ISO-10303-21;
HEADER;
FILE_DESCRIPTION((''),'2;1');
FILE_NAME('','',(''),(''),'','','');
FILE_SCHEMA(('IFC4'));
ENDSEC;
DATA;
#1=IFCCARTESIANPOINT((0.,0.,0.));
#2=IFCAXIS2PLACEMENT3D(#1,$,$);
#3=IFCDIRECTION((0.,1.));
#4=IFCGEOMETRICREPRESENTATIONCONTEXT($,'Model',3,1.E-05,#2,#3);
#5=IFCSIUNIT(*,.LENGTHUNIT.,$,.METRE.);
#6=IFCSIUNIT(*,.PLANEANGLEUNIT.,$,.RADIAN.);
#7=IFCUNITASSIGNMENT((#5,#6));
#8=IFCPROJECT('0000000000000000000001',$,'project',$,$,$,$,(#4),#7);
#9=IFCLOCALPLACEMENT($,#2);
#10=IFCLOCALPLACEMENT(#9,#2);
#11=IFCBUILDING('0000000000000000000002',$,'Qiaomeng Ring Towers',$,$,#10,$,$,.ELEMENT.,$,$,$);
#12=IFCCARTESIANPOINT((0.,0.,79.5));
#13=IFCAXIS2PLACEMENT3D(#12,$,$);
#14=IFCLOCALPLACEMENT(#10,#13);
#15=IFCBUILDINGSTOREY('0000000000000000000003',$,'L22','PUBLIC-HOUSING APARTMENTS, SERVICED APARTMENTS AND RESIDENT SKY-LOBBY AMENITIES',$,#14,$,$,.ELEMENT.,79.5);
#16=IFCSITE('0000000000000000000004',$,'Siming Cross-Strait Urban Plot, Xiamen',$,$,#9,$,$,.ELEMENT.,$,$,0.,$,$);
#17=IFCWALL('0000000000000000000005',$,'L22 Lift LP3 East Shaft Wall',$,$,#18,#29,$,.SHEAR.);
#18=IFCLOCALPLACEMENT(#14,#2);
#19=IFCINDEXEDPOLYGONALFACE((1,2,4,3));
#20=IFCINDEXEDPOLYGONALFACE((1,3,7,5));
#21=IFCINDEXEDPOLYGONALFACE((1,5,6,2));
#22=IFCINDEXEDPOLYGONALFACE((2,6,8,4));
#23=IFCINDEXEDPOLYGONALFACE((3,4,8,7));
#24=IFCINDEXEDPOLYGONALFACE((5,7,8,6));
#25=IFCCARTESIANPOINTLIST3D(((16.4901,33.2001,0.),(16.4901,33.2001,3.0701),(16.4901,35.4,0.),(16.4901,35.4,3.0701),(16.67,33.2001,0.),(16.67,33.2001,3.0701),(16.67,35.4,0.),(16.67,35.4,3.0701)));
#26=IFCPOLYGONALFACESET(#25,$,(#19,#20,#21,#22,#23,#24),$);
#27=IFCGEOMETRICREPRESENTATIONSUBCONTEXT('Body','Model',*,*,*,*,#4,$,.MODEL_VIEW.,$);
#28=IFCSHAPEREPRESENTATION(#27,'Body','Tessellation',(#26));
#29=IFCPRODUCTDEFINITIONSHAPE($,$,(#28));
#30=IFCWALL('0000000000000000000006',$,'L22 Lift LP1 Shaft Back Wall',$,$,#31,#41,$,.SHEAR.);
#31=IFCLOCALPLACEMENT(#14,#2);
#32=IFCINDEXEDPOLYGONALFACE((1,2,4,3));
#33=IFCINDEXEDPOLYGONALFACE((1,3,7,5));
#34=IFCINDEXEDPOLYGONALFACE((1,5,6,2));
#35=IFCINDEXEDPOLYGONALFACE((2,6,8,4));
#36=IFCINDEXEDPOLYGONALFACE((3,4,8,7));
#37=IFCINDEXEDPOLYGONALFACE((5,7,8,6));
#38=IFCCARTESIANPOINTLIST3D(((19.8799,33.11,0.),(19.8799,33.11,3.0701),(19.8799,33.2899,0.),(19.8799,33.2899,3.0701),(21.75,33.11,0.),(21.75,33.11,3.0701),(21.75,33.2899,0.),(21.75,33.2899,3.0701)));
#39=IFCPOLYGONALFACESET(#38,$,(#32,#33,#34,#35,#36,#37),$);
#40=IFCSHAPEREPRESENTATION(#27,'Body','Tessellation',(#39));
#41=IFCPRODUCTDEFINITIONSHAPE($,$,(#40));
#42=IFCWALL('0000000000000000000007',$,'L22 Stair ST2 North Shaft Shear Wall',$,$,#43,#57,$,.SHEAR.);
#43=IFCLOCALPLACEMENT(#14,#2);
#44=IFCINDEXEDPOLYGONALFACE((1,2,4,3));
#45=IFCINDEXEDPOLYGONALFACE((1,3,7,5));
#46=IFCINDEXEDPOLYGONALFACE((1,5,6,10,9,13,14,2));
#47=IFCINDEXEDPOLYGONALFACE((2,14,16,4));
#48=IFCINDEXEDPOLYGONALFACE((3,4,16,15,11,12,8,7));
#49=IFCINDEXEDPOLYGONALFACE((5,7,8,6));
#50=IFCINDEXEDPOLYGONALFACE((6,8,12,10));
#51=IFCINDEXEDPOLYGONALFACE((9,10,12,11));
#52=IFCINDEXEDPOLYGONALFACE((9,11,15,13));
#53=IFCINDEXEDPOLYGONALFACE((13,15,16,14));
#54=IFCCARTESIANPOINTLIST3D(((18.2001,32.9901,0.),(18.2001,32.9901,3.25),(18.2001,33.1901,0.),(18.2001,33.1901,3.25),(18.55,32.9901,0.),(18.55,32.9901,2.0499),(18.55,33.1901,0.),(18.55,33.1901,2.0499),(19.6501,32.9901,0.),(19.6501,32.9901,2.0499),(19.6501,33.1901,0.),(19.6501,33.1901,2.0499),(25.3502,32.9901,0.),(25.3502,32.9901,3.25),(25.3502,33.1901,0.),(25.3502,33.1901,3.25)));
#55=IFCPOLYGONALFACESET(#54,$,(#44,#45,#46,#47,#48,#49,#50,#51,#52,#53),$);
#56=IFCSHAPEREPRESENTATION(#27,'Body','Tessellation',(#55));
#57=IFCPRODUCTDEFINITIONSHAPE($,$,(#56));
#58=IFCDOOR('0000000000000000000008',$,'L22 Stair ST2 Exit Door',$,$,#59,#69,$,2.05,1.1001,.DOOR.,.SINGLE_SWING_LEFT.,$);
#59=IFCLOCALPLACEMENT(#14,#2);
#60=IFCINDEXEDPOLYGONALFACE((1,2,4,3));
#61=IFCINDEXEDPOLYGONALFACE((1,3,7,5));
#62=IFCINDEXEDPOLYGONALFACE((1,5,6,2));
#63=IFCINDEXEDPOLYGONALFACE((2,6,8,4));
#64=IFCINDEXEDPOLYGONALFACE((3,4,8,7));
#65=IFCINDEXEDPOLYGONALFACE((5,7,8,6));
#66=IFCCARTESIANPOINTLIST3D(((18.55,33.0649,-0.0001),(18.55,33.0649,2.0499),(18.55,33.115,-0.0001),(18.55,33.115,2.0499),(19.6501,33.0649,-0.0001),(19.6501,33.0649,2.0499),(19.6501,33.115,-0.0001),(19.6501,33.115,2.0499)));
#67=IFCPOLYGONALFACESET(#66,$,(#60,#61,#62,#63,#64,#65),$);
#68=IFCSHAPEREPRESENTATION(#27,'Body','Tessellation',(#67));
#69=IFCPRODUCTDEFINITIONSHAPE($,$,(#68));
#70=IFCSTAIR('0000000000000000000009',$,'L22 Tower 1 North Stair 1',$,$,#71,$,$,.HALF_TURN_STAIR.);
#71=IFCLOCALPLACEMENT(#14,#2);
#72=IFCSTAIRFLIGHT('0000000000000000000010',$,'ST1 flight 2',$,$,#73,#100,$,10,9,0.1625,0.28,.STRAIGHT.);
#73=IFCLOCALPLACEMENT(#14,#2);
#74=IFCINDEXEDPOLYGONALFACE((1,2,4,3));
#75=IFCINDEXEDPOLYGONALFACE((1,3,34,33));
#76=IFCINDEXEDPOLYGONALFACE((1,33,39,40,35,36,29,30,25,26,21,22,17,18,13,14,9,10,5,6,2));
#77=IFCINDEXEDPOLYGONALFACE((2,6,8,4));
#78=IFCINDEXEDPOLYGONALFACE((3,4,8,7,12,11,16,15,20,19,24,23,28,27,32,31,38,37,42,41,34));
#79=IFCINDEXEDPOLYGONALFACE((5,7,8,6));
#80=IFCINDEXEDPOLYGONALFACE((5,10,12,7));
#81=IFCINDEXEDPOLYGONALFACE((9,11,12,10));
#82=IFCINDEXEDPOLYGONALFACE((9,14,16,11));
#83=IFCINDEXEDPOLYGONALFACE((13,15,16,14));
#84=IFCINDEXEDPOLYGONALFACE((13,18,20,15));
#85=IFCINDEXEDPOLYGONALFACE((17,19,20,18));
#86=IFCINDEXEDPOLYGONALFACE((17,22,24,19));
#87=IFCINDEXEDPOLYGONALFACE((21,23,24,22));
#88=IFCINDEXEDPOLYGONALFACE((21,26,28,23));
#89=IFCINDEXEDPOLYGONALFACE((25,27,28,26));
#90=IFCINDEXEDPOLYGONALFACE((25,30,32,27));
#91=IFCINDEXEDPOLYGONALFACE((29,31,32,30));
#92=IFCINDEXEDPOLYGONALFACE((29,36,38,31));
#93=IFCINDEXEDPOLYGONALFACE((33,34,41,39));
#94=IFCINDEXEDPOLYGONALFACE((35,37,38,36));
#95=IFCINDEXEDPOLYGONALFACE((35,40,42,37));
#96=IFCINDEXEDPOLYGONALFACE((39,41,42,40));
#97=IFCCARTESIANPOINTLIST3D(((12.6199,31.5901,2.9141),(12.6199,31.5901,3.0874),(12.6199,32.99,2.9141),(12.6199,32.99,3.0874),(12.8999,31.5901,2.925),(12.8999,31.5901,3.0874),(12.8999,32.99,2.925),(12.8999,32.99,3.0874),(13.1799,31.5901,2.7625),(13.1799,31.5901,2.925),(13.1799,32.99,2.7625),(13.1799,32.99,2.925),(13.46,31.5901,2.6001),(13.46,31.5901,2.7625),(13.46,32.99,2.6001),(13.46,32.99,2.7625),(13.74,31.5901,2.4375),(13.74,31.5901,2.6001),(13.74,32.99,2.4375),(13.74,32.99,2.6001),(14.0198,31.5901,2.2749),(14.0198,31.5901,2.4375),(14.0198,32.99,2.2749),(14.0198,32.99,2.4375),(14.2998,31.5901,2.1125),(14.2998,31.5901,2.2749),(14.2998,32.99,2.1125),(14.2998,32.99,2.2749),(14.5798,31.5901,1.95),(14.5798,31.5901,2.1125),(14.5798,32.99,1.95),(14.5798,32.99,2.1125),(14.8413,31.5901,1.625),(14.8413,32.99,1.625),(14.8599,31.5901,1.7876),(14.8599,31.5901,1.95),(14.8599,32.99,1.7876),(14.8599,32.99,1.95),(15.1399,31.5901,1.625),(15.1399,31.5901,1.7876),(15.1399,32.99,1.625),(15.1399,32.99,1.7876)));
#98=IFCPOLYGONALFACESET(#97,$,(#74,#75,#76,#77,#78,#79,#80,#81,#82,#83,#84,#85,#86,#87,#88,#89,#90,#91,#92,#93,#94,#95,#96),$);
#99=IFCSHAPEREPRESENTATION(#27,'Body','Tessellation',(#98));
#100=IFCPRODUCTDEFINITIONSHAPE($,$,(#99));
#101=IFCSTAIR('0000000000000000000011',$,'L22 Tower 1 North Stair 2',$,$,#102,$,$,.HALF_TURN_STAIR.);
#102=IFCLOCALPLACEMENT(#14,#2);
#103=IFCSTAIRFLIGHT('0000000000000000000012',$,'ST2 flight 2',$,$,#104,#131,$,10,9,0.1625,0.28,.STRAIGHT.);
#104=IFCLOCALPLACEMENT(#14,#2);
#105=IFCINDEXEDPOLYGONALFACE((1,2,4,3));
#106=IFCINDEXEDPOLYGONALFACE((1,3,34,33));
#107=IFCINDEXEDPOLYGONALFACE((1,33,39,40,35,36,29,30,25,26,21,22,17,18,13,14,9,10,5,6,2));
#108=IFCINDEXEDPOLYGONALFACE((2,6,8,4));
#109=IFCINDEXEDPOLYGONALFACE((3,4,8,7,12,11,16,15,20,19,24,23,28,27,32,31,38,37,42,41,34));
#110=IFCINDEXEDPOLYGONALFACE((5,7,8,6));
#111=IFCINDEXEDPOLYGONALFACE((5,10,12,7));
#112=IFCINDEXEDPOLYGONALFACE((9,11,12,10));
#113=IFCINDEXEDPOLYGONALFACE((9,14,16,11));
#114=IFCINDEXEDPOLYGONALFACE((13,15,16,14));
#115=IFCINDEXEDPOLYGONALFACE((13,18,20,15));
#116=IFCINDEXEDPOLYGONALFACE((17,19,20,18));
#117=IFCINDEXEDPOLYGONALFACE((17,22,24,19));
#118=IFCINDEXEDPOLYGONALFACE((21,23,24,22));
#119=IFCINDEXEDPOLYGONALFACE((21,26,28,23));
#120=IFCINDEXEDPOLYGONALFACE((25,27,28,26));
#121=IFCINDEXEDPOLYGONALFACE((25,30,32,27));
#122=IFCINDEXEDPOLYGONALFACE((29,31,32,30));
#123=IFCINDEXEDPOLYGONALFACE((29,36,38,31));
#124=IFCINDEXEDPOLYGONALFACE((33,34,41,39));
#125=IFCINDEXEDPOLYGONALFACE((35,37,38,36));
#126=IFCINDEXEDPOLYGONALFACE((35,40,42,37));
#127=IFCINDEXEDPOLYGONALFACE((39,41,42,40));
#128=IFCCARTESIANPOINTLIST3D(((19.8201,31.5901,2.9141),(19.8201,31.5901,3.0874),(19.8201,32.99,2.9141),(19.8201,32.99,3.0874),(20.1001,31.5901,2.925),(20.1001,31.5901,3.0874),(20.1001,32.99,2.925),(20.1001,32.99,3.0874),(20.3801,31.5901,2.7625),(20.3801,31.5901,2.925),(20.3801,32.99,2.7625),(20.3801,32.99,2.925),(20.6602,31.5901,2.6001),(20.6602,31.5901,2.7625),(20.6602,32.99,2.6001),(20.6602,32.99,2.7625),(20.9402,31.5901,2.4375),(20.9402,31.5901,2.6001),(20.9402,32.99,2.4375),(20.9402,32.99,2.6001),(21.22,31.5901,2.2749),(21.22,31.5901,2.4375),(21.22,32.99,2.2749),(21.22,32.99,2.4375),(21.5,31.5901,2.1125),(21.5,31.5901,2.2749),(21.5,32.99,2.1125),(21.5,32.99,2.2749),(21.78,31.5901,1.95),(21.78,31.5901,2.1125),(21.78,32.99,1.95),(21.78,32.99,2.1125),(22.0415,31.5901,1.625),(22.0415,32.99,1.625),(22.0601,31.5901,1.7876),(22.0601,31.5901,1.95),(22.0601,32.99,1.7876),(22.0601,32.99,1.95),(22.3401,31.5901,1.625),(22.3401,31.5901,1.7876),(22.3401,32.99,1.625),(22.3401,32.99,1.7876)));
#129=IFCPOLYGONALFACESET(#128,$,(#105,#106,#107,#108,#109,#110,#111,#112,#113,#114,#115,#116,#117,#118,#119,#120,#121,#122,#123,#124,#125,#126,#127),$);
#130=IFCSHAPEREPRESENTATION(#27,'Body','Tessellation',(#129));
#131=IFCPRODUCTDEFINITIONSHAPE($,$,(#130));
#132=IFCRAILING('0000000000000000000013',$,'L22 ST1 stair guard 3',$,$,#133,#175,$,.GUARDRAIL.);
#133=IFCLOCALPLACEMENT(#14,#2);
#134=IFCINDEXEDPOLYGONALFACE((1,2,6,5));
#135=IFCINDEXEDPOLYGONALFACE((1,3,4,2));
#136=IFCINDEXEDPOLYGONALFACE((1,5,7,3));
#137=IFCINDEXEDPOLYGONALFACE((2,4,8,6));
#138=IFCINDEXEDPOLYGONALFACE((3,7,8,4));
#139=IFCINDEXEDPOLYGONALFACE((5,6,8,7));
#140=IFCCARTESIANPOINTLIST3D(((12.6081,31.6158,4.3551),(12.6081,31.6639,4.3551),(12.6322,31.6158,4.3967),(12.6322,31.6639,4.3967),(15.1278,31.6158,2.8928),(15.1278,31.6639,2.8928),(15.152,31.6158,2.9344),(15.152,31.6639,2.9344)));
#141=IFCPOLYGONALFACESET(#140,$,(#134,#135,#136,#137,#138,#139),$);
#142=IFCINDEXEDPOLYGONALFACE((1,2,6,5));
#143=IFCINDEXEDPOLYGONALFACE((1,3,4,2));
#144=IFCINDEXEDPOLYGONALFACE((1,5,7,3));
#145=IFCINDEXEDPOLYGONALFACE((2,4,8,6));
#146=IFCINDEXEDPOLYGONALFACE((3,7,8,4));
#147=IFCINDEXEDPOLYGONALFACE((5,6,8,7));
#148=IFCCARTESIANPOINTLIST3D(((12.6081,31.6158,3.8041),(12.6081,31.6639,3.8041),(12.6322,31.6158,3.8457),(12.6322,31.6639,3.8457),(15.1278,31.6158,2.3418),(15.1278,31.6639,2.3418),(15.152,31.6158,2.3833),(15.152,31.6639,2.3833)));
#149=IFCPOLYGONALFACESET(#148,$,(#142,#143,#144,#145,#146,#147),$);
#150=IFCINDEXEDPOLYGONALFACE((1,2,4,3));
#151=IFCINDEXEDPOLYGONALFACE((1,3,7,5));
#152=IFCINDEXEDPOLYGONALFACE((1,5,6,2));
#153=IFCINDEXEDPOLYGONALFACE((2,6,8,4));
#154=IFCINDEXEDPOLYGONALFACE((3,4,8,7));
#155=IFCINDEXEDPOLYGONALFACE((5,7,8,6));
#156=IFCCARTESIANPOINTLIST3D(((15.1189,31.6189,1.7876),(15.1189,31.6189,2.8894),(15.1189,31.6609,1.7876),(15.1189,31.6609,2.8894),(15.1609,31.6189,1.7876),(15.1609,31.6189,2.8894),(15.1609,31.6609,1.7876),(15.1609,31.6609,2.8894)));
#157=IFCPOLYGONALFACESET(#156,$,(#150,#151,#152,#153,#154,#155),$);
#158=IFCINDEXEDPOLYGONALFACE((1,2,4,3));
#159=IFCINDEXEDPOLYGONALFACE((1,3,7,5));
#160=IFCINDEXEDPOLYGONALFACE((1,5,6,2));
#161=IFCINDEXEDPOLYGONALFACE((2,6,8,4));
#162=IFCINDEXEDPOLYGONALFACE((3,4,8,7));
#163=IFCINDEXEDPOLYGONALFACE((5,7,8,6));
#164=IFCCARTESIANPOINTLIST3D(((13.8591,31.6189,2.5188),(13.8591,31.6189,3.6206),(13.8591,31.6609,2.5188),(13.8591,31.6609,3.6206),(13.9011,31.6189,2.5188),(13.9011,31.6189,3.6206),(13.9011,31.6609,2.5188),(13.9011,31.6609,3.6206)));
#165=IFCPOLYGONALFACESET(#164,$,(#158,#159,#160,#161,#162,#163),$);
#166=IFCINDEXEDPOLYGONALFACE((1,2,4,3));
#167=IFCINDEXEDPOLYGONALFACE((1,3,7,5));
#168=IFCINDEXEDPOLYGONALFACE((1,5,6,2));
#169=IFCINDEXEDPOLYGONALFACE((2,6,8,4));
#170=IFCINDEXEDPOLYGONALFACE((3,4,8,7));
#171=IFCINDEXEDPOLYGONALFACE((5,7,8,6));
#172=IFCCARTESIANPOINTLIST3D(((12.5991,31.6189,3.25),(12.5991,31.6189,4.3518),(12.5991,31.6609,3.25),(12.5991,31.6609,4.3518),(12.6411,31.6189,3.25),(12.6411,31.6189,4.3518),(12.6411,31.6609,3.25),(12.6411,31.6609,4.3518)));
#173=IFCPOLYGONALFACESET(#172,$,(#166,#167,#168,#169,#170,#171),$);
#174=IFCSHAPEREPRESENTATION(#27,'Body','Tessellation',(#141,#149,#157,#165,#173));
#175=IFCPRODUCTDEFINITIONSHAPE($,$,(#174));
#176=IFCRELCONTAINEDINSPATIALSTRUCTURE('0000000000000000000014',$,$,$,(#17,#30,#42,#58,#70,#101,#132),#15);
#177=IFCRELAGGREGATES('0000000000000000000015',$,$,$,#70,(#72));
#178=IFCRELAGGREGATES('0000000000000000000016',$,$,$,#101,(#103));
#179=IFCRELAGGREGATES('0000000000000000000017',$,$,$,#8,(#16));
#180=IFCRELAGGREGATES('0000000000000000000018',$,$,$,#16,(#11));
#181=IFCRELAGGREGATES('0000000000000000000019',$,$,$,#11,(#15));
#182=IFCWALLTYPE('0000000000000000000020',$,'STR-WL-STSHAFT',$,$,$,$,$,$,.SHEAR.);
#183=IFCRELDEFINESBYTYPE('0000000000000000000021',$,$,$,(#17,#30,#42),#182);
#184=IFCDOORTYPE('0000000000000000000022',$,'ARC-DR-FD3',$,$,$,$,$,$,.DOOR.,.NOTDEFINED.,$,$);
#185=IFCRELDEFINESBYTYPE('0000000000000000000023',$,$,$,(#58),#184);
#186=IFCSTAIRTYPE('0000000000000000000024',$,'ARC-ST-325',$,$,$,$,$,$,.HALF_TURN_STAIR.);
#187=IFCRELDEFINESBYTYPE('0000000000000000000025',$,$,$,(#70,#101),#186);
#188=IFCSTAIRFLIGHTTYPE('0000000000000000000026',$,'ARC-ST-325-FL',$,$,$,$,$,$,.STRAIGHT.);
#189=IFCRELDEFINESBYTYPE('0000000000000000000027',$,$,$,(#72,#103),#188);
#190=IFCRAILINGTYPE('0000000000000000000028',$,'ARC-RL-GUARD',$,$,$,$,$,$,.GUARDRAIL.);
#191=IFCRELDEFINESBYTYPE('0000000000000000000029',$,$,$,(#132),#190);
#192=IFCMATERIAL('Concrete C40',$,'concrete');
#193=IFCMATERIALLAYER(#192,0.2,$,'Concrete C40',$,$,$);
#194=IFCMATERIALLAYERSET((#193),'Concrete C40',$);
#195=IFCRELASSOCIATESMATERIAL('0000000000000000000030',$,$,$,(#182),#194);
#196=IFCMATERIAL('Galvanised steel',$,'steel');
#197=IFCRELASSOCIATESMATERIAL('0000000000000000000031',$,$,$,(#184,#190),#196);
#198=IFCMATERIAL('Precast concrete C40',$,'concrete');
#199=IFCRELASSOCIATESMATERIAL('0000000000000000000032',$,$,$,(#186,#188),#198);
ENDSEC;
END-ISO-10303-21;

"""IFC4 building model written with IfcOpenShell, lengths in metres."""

from ifc_helpers import new_model, si_unit, direction, frame, frame_2d, origin, origin_2d, place, context, subcontext, project, spatial, polyline, rectangle, outline, extrude, source, transform, mapped, material, layer, layer_set, type_object, element, fill, aggregate, save


model = new_model("IFC4")

# Units and contexts
model_context = context("Model", 3, precision=1e-05, world=origin(), true_north=direction((0.0, 1.0)))
body_context = subcontext(model_context, "Body", "Model", "MODEL_VIEW")
ifc_project = project(units=[si_unit("LENGTHUNIT", "METRE"), si_unit("PLANEANGLEUNIT", "RADIAN")], contexts=[model_context])

# Site, building, storey
site_placement = place(None, origin())
site = spatial("IfcSite", under=ifc_project, at=site_placement, Name="Siming Cross-Strait Urban Plot, Xiamen", CompositionType="ELEMENT", RefElevation=0.0)
building_placement = place(site_placement, origin())
building = spatial("IfcBuilding", under=site, at=building_placement, Name="Qiaomeng Ring Towers", CompositionType="ELEMENT")
storey_placement = place(building_placement, frame((0.0, 0.0, 79.5)))
storey = spatial("IfcBuildingStorey", under=building, at=storey_placement, Name="L22", Description="PUBLIC-HOUSING APARTMENTS, SERVICED APARTMENTS AND RESIDENT SKY-LOBBY AMENITIES", CompositionType="ELEMENT", Elevation=79.5)

# Walls
ifc_material_1 = material(Name="Concrete C40", Category="concrete")
ifc_layer_1 = layer(ifc_material_1, 0.2, Name="Concrete C40")
ifc_layer_set_1 = layer_set([ifc_layer_1], Name="Concrete C40")
wall_type_1 = type_object("IfcWallType", Name="STR-WL-STSHAFT", PredefinedType="SHEAR", material=ifc_layer_set_1)
wall_1_placement = place(storey_placement, frame((16.5801, 33.2, 0.0), z_axis=(0.0, 0.0, 1.0), x_axis=(0.0, 1.0, 0.0)))
element("IfcWall", 1, at=wall_1_placement, inside=storey, type_object=wall_type_1, Name="L22 Lift LP3 East Shaft Wall", PredefinedType="SHEAR", context=body_context, shape_type="SweptSolid", body=[
    extrude(rectangle(XDim=2.2, YDim=0.1799, at=frame_2d((1.1001, 0.0))), origin(), (0.0, 0.0, 1.0), 3.0701),
])
wall_2_placement = place(storey_placement, frame((19.8799, 33.2, 0.0), z_axis=(0.0, 0.0, 1.0), x_axis=(1.0, 0.0, 0.0)))
element("IfcWall", 2, at=wall_2_placement, inside=storey, type_object=wall_type_1, Name="L22 Lift LP1 Shaft Back Wall", PredefinedType="SHEAR", context=body_context, shape_type="SweptSolid", body=[
    extrude(rectangle(XDim=1.8701, YDim=0.1799, at=frame_2d((0.9351, 0.0))), origin(), (0.0, 0.0, 1.0), 3.0701),
])

# Wall, opening, door
wall_3_placement = place(storey_placement, frame((18.2, 33.0901, 0.0), z_axis=(0.0, 0.0, 1.0), x_axis=(1.0, 0.0, 0.0)))
wall_3 = element("IfcWall", 3, at=wall_3_placement, inside=storey, type_object=wall_type_1, Name="L22 Stair ST2 North Shaft Shear Wall", PredefinedType="SHEAR", context=body_context, shape_type="SweptSolid", body=[
    extrude(rectangle(XDim=7.1501, YDim=0.2, at=frame_2d((3.5752, 0.0))), origin(), (0.0, 0.0, 1.0), 3.25),
])
opening_placement = place(wall_3_placement, frame((0.3501, 0.0, 0.0)))
opening = element("IfcOpeningElement", 4, at=opening_placement, cuts=wall_3, PredefinedType="OPENING", context=body_context, shape_type="SweptSolid", body=[
    extrude(rectangle(XDim=1.1001, YDim=2.05, at=frame_2d((0.55, 1.0249))), frame((0.0, 0.1099, 0.0), z_axis=(0.0, -1.0, 0.0), x_axis=(1.0, 0.0, 0.0)), (0.0, 0.0, 1.0), 0.22),
])
ifc_material_2 = material(Name="Galvanised steel", Category="steel")
door_type = type_object("IfcDoorType", Name="ARC-DR-FD3", OperationType="NOTDEFINED", PredefinedType="DOOR", material=ifc_material_2)
shared_shape_1 = source(origin(), body_context, "Body", "SweptSolid", [
    extrude(rectangle(XDim=1.1001, YDim=2.05, at=frame_2d((0.55, 1.0249))), frame((0.0, 0.0249, 0.0), z_axis=(0.0, -1.0, 0.0), x_axis=(1.0, 0.0, 0.0)), (0.0, 0.0, 1.0), 0.05),
])
door_placement = place(opening_placement, origin())
door = element("IfcDoor", 5, at=door_placement, inside=storey, type_object=door_type, Name="L22 Stair ST2 Exit Door", OperationType="SINGLE_SWING_LEFT", OverallHeight=2.05, OverallWidth=1.1001, PredefinedType="DOOR", context=body_context, shape_type="MappedRepresentation", body=[
    mapped(shared_shape_1, transform((0.0, 0.0, 0.0), x_axis=(1.0, 0.0, 0.0), y_axis=(0.0, 1.0, 0.0), z_axis=(0.0, 0.0, 1.0), scale=1.0)),
])
fill(opening, door)

# Stairs, stair flights
ifc_material_3 = material(Name="Precast concrete C40", Category="concrete")
stair_type = type_object("IfcStairType", Name="ARC-ST-325", PredefinedType="HALF_TURN_STAIR", material=ifc_material_3)
stair_1_placement = place(storey_placement, origin())
stair_1 = element("IfcStair", 6, at=stair_1_placement, inside=storey, type_object=stair_type, Name="L22 Tower 1 North Stair 1", PredefinedType="HALF_TURN_STAIR")
stair_flight_type = type_object("IfcStairFlightType", Name="ARC-ST-325-FL", PredefinedType="STRAIGHT", material=ifc_material_3)
shared_shape_2 = source(origin(), body_context, "Body", "SweptSolid", [
    extrude(outline(polyline([(0.0, 0.0), (0.0, 0.1626), (0.28, 0.1626), (0.28, 0.325), (0.5601, 0.325), (0.5601, 0.4875), (0.8401, 0.4875), (0.8401, 0.6499), (1.1201, 0.6499), (1.1201, 0.8125), (1.3999, 0.8125), (1.3999, 0.9751), (1.6799, 0.9751), (1.6799, 1.1375), (1.96, 1.1375), (1.96, 1.3), (2.24, 1.3), (2.24, 1.4624), (2.52, 1.4624), (2.52, 1.625), (2.52, 1.2891), (0.2986, 0.0), (0.0, 0.0)])), frame((0.0, 0.7, 0.0), z_axis=(0.0, -1.0, 0.0), x_axis=(1.0, 0.0, 0.0)), (0.0, 0.0, 1.0), 1.3999),
])
stair_flight_1_placement = place(storey_placement, frame((15.1399, 32.29, 1.625), z_axis=(0.0, 0.0, 1.0), x_axis=(-1.0, 0.0, 0.0)))
stair_flight_1 = element("IfcStairFlight", 7, at=stair_flight_1_placement, type_object=stair_flight_type, Name="ST1 flight 2", NumberOfRisers=10, NumberOfTreads=9, PredefinedType="STRAIGHT", RiserHeight=0.1625, TreadLength=0.28, context=body_context, shape_type="MappedRepresentation", body=[
    mapped(shared_shape_2, transform((0.0, 0.0, 0.0), x_axis=(1.0, 0.0, 0.0), y_axis=(0.0, 1.0, 0.0), z_axis=(0.0, 0.0, 1.0), scale=1.0)),
])
aggregate(stair_1, [stair_flight_1])
stair_2_placement = place(storey_placement, origin())
stair_2 = element("IfcStair", 8, at=stair_2_placement, inside=storey, type_object=stair_type, Name="L22 Tower 1 North Stair 2", PredefinedType="HALF_TURN_STAIR")
stair_flight_2_placement = place(storey_placement, frame((22.3401, 32.29, 1.625), z_axis=(0.0, 0.0, 1.0), x_axis=(-1.0, 0.0, 0.0)))
stair_flight_2 = element("IfcStairFlight", 9, at=stair_flight_2_placement, type_object=stair_flight_type, Name="ST2 flight 2", NumberOfRisers=10, NumberOfTreads=9, PredefinedType="STRAIGHT", RiserHeight=0.1625, TreadLength=0.28, context=body_context, shape_type="MappedRepresentation", body=[
    mapped(shared_shape_2, transform((0.0, 0.0, 0.0), x_axis=(1.0, 0.0, 0.0), y_axis=(0.0, 1.0, 0.0), z_axis=(0.0, 0.0, 1.0), scale=1.0)),
])
aggregate(stair_2, [stair_flight_2])

# Railing
railing_type_1 = type_object("IfcRailingType", Name="ARC-RL-GUARD", PredefinedType="GUARDRAIL", material=ifc_material_2)
railing_1_placement = place(storey_placement, frame((15.1399, 31.6399, 1.7876)))
element("IfcRailing", 10, at=railing_1_placement, inside=storey, type_object=railing_type_1, Name="L22 ST1 stair guard 3", PredefinedType="GUARDRAIL", context=body_context, shape_type="SweptSolid", body=[
    extrude(rectangle(XDim=0.0481, YDim=0.0481, at=origin_2d()), frame((0.0, 0.0, 1.126), z_axis=(-0.864892, 0.0, 0.501958), x_axis=(0.0, -1.0, 0.0)), (0.0, 0.0, 1.0), 2.9133),
    extrude(rectangle(XDim=0.0481, YDim=0.0481, at=origin_2d()), frame((0.0, 0.0, 0.575), z_axis=(-0.864892, 0.0, 0.501958), x_axis=(0.0, -1.0, 0.0)), (0.0, 0.0, 1.0), 2.9133),
    extrude(rectangle(XDim=0.042, YDim=0.042, at=origin_2d()), origin(), (0.0, 0.0, 1.0), 1.1018),
    extrude(rectangle(XDim=0.042, YDim=0.042, at=origin_2d()), frame((-1.2598, 0.0, 0.7312)), (0.0, 0.0, 1.0), 1.1018),
    extrude(rectangle(XDim=0.042, YDim=0.042, at=origin_2d()), frame((-2.5198, 0.0, 1.4624)), (0.0, 0.0, 1.0), 1.1018),
])

save(model, "model.ifc")
